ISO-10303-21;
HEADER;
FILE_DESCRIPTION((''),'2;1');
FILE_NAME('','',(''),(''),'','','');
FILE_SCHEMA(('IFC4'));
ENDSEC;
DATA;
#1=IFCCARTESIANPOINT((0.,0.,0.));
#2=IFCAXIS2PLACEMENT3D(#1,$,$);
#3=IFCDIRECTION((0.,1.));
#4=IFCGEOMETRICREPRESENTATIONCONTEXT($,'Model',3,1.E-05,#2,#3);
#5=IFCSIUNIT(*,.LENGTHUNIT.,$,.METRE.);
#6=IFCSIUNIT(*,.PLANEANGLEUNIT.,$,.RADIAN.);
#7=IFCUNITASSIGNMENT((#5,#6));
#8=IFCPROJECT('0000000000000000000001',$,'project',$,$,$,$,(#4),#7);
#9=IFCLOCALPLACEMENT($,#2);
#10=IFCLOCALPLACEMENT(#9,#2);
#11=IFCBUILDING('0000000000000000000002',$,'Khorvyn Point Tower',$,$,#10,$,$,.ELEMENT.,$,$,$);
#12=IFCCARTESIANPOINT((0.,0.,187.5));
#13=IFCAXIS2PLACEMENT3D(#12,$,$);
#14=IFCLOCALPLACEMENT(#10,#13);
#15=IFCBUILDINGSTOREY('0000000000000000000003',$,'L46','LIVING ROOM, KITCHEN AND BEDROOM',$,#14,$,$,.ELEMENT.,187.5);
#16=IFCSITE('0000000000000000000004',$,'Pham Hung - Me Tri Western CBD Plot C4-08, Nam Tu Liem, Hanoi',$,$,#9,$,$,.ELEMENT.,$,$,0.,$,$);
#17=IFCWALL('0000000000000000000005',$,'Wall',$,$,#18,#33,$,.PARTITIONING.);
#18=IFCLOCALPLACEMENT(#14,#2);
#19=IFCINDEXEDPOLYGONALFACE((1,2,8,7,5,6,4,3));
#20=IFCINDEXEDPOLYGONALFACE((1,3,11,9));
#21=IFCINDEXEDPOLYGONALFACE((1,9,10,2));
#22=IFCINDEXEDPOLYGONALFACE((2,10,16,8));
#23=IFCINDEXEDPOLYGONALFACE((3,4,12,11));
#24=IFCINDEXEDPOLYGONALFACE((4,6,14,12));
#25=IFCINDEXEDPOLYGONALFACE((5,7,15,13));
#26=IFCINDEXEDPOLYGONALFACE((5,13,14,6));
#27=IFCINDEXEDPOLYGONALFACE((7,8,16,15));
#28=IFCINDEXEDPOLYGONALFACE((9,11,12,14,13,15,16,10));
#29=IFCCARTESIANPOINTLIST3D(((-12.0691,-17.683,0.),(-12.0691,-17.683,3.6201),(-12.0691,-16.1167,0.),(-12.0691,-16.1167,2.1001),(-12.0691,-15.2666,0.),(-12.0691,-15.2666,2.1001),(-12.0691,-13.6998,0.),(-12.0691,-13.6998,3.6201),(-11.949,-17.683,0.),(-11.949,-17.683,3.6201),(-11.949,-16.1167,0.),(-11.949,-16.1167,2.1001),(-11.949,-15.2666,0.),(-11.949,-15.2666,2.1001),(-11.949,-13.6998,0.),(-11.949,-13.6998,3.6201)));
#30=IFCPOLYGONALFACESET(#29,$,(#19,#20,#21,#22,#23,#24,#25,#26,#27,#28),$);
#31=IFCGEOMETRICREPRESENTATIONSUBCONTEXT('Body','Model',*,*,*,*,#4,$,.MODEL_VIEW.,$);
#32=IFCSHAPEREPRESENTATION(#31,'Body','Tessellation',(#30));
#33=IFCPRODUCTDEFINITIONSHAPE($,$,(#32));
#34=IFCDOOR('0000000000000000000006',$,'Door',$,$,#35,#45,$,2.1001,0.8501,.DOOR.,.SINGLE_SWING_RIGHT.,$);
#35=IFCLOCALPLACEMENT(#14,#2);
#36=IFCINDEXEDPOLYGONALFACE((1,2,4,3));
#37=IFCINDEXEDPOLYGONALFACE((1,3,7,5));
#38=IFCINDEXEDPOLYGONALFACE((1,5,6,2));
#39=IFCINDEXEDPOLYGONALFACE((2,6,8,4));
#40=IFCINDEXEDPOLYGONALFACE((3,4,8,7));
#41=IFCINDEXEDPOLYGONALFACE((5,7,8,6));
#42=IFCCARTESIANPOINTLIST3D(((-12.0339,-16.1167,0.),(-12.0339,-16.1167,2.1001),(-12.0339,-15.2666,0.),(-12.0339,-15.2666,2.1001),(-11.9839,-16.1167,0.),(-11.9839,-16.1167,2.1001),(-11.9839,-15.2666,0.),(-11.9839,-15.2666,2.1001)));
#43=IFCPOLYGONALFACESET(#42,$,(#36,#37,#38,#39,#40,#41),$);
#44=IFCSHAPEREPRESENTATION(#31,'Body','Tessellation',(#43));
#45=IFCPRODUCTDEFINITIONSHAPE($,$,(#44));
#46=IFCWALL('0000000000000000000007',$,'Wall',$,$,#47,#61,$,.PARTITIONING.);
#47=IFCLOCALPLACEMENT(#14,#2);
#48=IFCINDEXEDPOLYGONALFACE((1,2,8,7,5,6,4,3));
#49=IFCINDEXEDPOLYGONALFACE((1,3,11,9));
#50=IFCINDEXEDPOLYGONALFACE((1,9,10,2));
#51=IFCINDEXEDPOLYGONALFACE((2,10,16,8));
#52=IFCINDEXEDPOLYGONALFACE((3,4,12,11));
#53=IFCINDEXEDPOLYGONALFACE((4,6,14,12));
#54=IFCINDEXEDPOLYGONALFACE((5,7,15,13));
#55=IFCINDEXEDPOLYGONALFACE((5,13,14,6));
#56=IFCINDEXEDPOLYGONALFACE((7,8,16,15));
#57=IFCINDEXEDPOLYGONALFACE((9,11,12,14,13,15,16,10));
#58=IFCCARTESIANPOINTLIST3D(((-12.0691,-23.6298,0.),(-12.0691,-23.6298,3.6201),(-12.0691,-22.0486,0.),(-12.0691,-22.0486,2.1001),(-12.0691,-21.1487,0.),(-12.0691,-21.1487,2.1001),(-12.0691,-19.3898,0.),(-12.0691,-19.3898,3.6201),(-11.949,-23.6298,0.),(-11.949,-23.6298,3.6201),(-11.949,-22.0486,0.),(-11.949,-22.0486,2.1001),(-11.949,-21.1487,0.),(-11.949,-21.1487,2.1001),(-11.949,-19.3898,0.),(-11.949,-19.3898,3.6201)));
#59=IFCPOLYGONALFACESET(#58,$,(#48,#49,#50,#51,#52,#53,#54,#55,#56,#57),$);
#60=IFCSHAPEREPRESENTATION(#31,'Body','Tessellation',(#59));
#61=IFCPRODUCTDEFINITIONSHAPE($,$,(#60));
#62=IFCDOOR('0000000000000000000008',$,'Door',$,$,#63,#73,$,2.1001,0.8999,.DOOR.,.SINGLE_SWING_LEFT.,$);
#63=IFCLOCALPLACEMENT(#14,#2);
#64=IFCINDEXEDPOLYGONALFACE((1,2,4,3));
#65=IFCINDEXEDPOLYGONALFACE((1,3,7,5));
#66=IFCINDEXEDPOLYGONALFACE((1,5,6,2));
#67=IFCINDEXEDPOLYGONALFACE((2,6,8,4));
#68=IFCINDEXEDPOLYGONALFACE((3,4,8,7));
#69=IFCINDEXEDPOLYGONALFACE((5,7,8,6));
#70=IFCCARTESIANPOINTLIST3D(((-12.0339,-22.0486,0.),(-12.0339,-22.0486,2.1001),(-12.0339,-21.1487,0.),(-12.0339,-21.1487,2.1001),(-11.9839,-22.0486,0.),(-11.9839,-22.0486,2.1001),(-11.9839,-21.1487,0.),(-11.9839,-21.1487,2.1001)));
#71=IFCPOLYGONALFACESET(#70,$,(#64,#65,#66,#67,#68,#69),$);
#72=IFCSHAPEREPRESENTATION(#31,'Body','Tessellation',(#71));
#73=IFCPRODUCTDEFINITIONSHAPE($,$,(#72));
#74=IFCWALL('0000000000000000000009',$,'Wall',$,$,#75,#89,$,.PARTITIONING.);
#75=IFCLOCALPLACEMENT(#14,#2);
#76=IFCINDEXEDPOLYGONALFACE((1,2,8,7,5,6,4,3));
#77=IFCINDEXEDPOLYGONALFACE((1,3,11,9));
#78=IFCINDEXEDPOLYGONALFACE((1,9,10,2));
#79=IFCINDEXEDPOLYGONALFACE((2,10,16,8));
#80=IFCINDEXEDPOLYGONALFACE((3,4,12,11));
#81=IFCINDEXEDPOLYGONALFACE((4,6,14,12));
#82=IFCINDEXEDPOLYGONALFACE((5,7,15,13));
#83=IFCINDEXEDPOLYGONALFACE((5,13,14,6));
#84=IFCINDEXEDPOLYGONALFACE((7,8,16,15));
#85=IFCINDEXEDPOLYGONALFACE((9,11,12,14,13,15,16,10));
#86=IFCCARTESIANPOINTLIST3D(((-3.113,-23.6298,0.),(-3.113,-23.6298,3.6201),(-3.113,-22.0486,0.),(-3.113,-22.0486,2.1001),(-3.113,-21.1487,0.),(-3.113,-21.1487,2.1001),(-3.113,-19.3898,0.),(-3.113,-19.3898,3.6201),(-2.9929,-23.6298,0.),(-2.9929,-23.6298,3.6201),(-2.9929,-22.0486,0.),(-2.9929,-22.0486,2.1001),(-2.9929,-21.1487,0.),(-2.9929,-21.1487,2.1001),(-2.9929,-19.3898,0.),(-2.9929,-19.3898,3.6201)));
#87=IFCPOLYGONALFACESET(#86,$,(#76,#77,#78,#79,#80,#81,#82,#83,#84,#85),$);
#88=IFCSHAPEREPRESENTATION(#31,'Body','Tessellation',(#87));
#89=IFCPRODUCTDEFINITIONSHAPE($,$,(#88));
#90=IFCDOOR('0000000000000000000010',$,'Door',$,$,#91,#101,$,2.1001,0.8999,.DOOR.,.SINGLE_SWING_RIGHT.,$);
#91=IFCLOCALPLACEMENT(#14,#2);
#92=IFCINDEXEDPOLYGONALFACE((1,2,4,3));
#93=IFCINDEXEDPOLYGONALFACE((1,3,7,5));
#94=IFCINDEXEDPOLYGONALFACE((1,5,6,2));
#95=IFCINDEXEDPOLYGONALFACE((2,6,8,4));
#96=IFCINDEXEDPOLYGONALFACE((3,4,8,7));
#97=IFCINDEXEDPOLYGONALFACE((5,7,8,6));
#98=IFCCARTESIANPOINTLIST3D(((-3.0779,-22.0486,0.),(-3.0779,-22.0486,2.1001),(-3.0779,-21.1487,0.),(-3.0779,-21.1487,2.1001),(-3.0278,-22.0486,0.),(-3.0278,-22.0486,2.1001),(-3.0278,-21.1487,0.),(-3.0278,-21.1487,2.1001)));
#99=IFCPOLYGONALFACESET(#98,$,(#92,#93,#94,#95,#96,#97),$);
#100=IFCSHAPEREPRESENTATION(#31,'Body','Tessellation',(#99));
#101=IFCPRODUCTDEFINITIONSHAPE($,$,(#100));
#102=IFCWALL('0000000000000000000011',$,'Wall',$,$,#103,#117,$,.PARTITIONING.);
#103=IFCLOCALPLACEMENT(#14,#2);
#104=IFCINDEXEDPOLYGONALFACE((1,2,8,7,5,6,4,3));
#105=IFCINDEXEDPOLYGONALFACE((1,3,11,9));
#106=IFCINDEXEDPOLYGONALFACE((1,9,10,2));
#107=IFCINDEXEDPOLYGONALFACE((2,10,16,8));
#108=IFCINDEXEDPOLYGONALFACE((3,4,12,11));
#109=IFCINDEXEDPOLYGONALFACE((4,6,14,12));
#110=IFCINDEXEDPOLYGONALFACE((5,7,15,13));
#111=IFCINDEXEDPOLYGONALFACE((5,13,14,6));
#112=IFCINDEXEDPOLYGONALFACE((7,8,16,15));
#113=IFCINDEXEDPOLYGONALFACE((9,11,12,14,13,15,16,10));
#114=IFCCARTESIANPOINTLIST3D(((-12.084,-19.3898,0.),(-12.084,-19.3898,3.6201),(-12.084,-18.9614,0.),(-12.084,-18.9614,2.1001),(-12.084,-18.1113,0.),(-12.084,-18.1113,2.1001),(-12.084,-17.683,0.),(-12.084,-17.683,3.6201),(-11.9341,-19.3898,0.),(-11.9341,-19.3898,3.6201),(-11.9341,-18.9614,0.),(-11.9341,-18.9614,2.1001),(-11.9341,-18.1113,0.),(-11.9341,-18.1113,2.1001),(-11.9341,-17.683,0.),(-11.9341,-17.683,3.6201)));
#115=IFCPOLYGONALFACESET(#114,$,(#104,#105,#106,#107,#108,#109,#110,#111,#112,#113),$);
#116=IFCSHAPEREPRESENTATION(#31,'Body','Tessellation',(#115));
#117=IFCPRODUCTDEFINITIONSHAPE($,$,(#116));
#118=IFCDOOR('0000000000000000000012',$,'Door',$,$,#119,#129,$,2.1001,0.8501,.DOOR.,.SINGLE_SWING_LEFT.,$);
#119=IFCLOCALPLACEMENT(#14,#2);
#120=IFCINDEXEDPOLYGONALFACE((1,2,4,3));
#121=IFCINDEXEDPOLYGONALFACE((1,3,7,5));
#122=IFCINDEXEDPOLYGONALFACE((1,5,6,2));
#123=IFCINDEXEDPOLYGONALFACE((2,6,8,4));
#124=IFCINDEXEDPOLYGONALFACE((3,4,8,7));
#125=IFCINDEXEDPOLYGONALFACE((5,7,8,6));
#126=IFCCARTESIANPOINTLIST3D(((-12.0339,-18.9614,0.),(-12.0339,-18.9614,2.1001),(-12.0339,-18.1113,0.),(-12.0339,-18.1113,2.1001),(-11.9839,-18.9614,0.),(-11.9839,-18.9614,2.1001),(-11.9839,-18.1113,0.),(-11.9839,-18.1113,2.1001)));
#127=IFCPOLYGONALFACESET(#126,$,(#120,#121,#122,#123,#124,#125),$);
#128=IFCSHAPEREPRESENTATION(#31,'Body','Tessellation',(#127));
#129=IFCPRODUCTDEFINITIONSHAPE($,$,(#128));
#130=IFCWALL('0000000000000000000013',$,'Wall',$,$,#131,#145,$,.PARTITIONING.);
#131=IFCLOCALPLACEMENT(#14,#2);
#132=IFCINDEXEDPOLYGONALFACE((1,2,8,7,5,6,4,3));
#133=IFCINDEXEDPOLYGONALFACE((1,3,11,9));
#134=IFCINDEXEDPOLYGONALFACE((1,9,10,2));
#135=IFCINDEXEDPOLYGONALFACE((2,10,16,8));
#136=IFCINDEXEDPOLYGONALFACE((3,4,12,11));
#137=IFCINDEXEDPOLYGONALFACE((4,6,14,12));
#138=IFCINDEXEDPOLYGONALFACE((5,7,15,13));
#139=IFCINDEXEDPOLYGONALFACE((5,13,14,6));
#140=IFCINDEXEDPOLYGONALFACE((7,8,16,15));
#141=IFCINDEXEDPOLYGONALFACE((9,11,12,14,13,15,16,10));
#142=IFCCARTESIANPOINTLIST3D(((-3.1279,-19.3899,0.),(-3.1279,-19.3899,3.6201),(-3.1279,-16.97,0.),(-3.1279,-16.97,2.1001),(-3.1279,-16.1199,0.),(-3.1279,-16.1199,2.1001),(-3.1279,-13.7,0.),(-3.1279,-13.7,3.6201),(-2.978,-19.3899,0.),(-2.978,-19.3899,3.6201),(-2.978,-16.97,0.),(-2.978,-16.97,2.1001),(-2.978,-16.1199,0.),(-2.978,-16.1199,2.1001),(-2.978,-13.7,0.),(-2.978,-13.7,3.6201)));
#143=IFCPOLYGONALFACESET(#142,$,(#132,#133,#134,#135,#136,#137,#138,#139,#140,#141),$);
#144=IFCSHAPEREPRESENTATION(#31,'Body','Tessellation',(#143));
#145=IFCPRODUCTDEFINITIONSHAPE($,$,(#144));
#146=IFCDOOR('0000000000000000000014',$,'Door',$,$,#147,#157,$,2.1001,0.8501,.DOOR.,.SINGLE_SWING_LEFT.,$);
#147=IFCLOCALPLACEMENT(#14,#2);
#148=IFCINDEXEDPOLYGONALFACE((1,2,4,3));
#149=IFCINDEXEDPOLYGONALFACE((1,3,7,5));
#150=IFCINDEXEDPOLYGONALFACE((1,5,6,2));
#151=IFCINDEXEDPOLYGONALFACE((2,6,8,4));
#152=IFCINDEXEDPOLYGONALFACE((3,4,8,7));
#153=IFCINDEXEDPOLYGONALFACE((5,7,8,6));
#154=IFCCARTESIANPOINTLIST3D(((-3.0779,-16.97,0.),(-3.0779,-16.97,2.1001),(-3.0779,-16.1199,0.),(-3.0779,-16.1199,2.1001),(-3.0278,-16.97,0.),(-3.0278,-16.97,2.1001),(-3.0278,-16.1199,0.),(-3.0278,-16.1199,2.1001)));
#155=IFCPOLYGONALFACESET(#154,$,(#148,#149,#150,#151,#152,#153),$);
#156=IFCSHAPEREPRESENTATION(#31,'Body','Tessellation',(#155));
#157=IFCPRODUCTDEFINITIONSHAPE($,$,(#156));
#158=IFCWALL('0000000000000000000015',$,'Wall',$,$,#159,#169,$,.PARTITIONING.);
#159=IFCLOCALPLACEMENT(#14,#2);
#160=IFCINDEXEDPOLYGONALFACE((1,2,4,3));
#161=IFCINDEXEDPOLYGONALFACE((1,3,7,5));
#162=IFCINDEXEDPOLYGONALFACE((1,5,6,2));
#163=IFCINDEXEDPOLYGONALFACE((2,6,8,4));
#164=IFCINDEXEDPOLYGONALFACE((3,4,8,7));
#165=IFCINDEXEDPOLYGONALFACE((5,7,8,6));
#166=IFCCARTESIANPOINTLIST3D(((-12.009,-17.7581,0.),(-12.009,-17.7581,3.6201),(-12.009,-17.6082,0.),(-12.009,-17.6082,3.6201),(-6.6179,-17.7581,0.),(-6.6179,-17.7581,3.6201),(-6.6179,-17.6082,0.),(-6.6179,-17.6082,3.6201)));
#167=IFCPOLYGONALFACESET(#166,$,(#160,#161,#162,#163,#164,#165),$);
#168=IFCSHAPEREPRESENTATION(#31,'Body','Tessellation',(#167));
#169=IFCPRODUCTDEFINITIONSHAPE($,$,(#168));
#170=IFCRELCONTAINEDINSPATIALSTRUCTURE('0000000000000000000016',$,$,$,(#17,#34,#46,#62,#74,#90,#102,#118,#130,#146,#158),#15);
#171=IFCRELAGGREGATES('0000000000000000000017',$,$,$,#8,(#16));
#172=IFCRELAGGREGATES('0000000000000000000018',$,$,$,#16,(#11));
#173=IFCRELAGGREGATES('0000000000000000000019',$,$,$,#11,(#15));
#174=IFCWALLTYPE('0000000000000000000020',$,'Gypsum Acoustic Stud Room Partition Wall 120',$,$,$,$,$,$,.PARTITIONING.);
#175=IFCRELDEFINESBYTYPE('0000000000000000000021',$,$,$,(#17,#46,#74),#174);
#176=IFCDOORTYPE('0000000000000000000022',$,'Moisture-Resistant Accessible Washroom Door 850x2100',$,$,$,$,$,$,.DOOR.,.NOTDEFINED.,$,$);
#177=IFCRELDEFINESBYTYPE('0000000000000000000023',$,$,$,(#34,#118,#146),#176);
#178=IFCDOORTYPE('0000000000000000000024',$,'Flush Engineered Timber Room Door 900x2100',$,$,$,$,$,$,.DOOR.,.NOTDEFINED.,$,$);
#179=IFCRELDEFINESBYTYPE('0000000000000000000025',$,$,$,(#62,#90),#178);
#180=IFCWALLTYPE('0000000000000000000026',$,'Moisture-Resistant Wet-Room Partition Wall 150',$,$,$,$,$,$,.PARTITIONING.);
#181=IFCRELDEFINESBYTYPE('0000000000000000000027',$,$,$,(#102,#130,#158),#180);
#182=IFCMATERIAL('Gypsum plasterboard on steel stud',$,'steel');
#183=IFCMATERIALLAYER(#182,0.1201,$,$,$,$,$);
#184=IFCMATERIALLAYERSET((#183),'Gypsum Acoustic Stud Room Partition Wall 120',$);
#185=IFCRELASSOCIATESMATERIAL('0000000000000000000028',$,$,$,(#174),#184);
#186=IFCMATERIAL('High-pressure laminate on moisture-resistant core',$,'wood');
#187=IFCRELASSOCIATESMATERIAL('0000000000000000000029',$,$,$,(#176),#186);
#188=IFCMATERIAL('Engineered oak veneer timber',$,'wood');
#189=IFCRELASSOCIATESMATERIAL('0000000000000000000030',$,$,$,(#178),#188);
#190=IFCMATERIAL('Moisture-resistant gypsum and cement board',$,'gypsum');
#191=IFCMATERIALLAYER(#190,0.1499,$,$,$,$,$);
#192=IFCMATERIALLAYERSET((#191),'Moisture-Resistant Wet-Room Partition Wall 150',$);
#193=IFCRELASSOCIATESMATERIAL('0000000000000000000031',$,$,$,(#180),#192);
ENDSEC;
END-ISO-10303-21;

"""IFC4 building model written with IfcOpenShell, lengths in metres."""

from ifc_helpers import new_model, si_unit, direction, frame, frame_2d, origin, place, context, subcontext, project, spatial, rectangle, extrude, material, layer, layer_set, type_object, element, fill, save


model = new_model("IFC4")

# Units and contexts
model_context = context("Model", 3, precision=1e-05, world=origin(), true_north=direction((0.0, 1.0)))
body_context = subcontext(model_context, "Body", "Model", "MODEL_VIEW")
ifc_project = project(units=[si_unit("LENGTHUNIT", "METRE"), si_unit("PLANEANGLEUNIT", "RADIAN")], contexts=[model_context])

# Site, building, storey
site_placement = place(None, origin())
site = spatial("IfcSite", under=ifc_project, at=site_placement, Name="Pham Hung - Me Tri Western CBD Plot C4-08, Nam Tu Liem, Hanoi", CompositionType="ELEMENT", RefElevation=0.0)
building_placement = place(site_placement, origin())
building = spatial("IfcBuilding", under=site, at=building_placement, Name="Khorvyn Point Tower", CompositionType="ELEMENT")
storey_placement = place(building_placement, frame((0.0, 0.0, 187.5)))
storey = spatial("IfcBuildingStorey", under=building, at=storey_placement, Name="L46", Description="LIVING ROOM, KITCHEN AND BEDROOM", CompositionType="ELEMENT", Elevation=187.5)

# Walls, openings, doors
ifc_material_1 = material(Name="Gypsum plasterboard on steel stud", Category="steel")
ifc_layer_1 = layer(ifc_material_1, 0.1201)
ifc_layer_set_1 = layer_set([ifc_layer_1], Name="Gypsum Acoustic Stud Room Partition Wall 120")
wall_type_1 = type_object("IfcWallType", Name="Gypsum Acoustic Stud Room Partition Wall 120", PredefinedType="PARTITIONING", material=ifc_layer_set_1)
wall_1_placement = place(storey_placement, frame((-12.009, -17.6831, 0.0), z_axis=(0.0, 0.0, 1.0), x_axis=(0.0, 1.0, 0.0)))
wall_1 = element("IfcWall", 1, at=wall_1_placement, inside=storey, type_object=wall_type_1, Name="Wall", PredefinedType="PARTITIONING", context=body_context, shape_type="SweptSolid", body=[
    extrude(rectangle(XDim=3.9832, YDim=0.1201, at=frame_2d((1.9917, 0.0))), origin(), (0.0, 0.0, 1.0), 3.6201),
])
opening_1_placement = place(wall_1_placement, frame((1.5664, 0.0, 0.0)))
opening_1 = element("IfcOpeningElement", 2, at=opening_1_placement, cuts=wall_1, PredefinedType="OPENING", context=body_context, shape_type="SweptSolid", body=[
    extrude(rectangle(XDim=0.8501, YDim=2.1001, at=frame_2d((0.425, 1.05))), frame((0.0, 0.0701, 0.0), z_axis=(0.0, -1.0, 0.0), x_axis=(1.0, 0.0, 0.0)), (0.0, 0.0, 1.0), 0.1401),
])
ifc_material_2 = material(Name="High-pressure laminate on moisture-resistant core", Category="wood")
door_type_1 = type_object("IfcDoorType", Name="Moisture-Resistant Accessible Washroom Door 850x2100", OperationType="NOTDEFINED", PredefinedType="DOOR", material=ifc_material_2)
door_1_placement = place(opening_1_placement, origin())
door_1 = element("IfcDoor", 3, at=door_1_placement, inside=storey, type_object=door_type_1, Name="Door", OperationType="SINGLE_SWING_RIGHT", OverallHeight=2.1001, OverallWidth=0.8501, PredefinedType="DOOR", context=body_context, shape_type="SweptSolid", body=[
    extrude(rectangle(XDim=0.8501, YDim=2.1001, at=frame_2d((0.425, 1.05))), frame((0.0, 0.0249, 0.0), z_axis=(0.0, -1.0, 0.0), x_axis=(1.0, 0.0, 0.0)), (0.0, 0.0, 1.0), 0.05),
])
fill(opening_1, door_1)
wall_2_placement = place(storey_placement, frame((-12.009, -23.6299, 0.0), z_axis=(0.0, 0.0, 1.0), x_axis=(0.0, 1.0, 0.0)))
wall_2 = element("IfcWall", 4, at=wall_2_placement, inside=storey, type_object=wall_type_1, Name="Wall", PredefinedType="PARTITIONING", context=body_context, shape_type="SweptSolid", body=[
    extrude(rectangle(XDim=4.24, YDim=0.1201, at=frame_2d((2.1201, 0.0))), origin(), (0.0, 0.0, 1.0), 3.6201),
])
opening_2_placement = place(wall_2_placement, frame((1.5813, 0.0, 0.0)))
opening_2 = element("IfcOpeningElement", 5, at=opening_2_placement, cuts=wall_2, PredefinedType="OPENING", context=body_context, shape_type="SweptSolid", body=[
    extrude(rectangle(XDim=0.8999, YDim=2.1001, at=frame_2d((0.45, 1.05))), frame((0.0, 0.0701, 0.0), z_axis=(0.0, -1.0, 0.0), x_axis=(1.0, 0.0, 0.0)), (0.0, 0.0, 1.0), 0.1401),
])
ifc_material_3 = material(Name="Engineered oak veneer timber", Category="wood")
door_type_2 = type_object("IfcDoorType", Name="Flush Engineered Timber Room Door 900x2100", OperationType="NOTDEFINED", PredefinedType="DOOR", material=ifc_material_3)
door_2_placement = place(opening_2_placement, origin())
door_2 = element("IfcDoor", 6, at=door_2_placement, inside=storey, type_object=door_type_2, Name="Door", OperationType="SINGLE_SWING_LEFT", OverallHeight=2.1001, OverallWidth=0.8999, PredefinedType="DOOR", context=body_context, shape_type="SweptSolid", body=[
    extrude(rectangle(XDim=0.8999, YDim=2.1001, at=frame_2d((0.45, 1.05))), frame((0.0, 0.0249, 0.0), z_axis=(0.0, -1.0, 0.0), x_axis=(1.0, 0.0, 0.0)), (0.0, 0.0, 1.0), 0.05),
])
fill(opening_2, door_2)
wall_3_placement = place(storey_placement, frame((-3.053, -23.6299, 0.0), z_axis=(0.0, 0.0, 1.0), x_axis=(0.0, 1.0, 0.0)))
wall_3 = element("IfcWall", 7, at=wall_3_placement, inside=storey, type_object=wall_type_1, Name="Wall", PredefinedType="PARTITIONING", context=body_context, shape_type="SweptSolid", body=[
    extrude(rectangle(XDim=4.24, YDim=0.1201, at=frame_2d((2.1201, 0.0))), origin(), (0.0, 0.0, 1.0), 3.6201),
])
opening_3_placement = place(wall_3_placement, frame((1.5813, 0.0, 0.0)))
opening_3 = element("IfcOpeningElement", 8, at=opening_3_placement, cuts=wall_3, PredefinedType="OPENING", context=body_context, shape_type="SweptSolid", body=[
    extrude(rectangle(XDim=0.8999, YDim=2.1001, at=frame_2d((0.45, 1.05))), frame((0.0, 0.0701, 0.0), z_axis=(0.0, -1.0, 0.0), x_axis=(1.0, 0.0, 0.0)), (0.0, 0.0, 1.0), 0.1401),
])
door_3_placement = place(opening_3_placement, origin())
door_3 = element("IfcDoor", 9, at=door_3_placement, inside=storey, type_object=door_type_2, Name="Door", OperationType="SINGLE_SWING_RIGHT", OverallHeight=2.1001, OverallWidth=0.8999, PredefinedType="DOOR", context=body_context, shape_type="SweptSolid", body=[
    extrude(rectangle(XDim=0.8999, YDim=2.1001, at=frame_2d((0.45, 1.05))), frame((0.0, 0.0249, 0.0), z_axis=(0.0, -1.0, 0.0), x_axis=(1.0, 0.0, 0.0)), (0.0, 0.0, 1.0), 0.05),
])
fill(opening_3, door_3)
ifc_material_4 = material(Name="Moisture-resistant gypsum and cement board", Category="gypsum")
ifc_layer_2 = layer(ifc_material_4, 0.1499)
ifc_layer_set_2 = layer_set([ifc_layer_2], Name="Moisture-Resistant Wet-Room Partition Wall 150")
wall_type_2 = type_object("IfcWallType", Name="Moisture-Resistant Wet-Room Partition Wall 150", PredefinedType="PARTITIONING", material=ifc_layer_set_2)
wall_4_placement = place(storey_placement, frame((-12.009, -19.3899, 0.0), z_axis=(0.0, 0.0, 1.0), x_axis=(0.0, 1.0, 0.0)))
wall_4 = element("IfcWall", 10, at=wall_4_placement, inside=storey, type_object=wall_type_2, Name="Wall", PredefinedType="PARTITIONING", context=body_context, shape_type="SweptSolid", body=[
    extrude(rectangle(XDim=1.7068, YDim=0.1499, at=frame_2d((0.8535, 0.0))), origin(), (0.0, 0.0, 1.0), 3.6201),
])
opening_4_placement = place(wall_4_placement, frame((0.4285, 0.0, 0.0)))
opening_4 = element("IfcOpeningElement", 11, at=opening_4_placement, cuts=wall_4, PredefinedType="OPENING", context=body_context, shape_type="SweptSolid", body=[
    extrude(rectangle(XDim=0.8501, YDim=2.1001, at=frame_2d((0.425, 1.05))), frame((0.0, 0.085, 0.0), z_axis=(0.0, -1.0, 0.0), x_axis=(1.0, 0.0, 0.0)), (0.0, 0.0, 1.0), 0.1699),
])
door_4_placement = place(opening_4_placement, origin())
door_4 = element("IfcDoor", 12, at=door_4_placement, inside=storey, type_object=door_type_1, Name="Door", OperationType="SINGLE_SWING_LEFT", OverallHeight=2.1001, OverallWidth=0.8501, PredefinedType="DOOR", context=body_context, shape_type="SweptSolid", body=[
    extrude(rectangle(XDim=0.8501, YDim=2.1001, at=frame_2d((0.425, 1.05))), frame((0.0, 0.0249, 0.0), z_axis=(0.0, -1.0, 0.0), x_axis=(1.0, 0.0, 0.0)), (0.0, 0.0, 1.0), 0.05),
])
fill(opening_4, door_4)
wall_5_placement = place(storey_placement, frame((-3.053, -19.3899, 0.0), z_axis=(0.0, 0.0, 1.0), x_axis=(0.0, 1.0, 0.0)))
wall_5 = element("IfcWall", 13, at=wall_5_placement, inside=storey, type_object=wall_type_2, Name="Wall", PredefinedType="PARTITIONING", context=body_context, shape_type="SweptSolid", body=[
    extrude(rectangle(XDim=5.6899, YDim=0.1499, at=frame_2d((2.845, 0.0))), origin(), (0.0, 0.0, 1.0), 3.6201),
])
opening_5_placement = place(wall_5_placement, frame((2.4199, 0.0, 0.0)))
opening_5 = element("IfcOpeningElement", 14, at=opening_5_placement, cuts=wall_5, PredefinedType="OPENING", context=body_context, shape_type="SweptSolid", body=[
    extrude(rectangle(XDim=0.8501, YDim=2.1001, at=frame_2d((0.425, 1.05))), frame((0.0, 0.085, 0.0), z_axis=(0.0, -1.0, 0.0), x_axis=(1.0, 0.0, 0.0)), (0.0, 0.0, 1.0), 0.1699),
])
door_5_placement = place(opening_5_placement, origin())
door_5 = element("IfcDoor", 15, at=door_5_placement, inside=storey, type_object=door_type_1, Name="Door", OperationType="SINGLE_SWING_LEFT", OverallHeight=2.1001, OverallWidth=0.8501, PredefinedType="DOOR", context=body_context, shape_type="SweptSolid", body=[
    extrude(rectangle(XDim=0.8501, YDim=2.1001, at=frame_2d((0.425, 1.05))), frame((0.0, 0.0249, 0.0), z_axis=(0.0, -1.0, 0.0), x_axis=(1.0, 0.0, 0.0)), (0.0, 0.0, 1.0), 0.05),
])
fill(opening_5, door_5)

# Wall
for number, where, z_axis, x_axis, name in (
    (16, (-12.009, -17.6831, 0.0), (0.0, 0.0, 1.0), (1.0, 0.0, 0.0), "Wall"),
):
    element("IfcWall", number, at=place(storey_placement, frame(where, z_axis=z_axis, x_axis=x_axis)), inside=storey, type_object=wall_type_2, Name=name, PredefinedType="PARTITIONING", context=body_context, shape_type="SweptSolid", body=[
        extrude(rectangle(XDim=5.3911, YDim=0.1499, at=frame_2d((2.6956, 0.0))), origin(), (0.0, 0.0, 1.0), 3.6201),
    ])

save(model, "model.ifc")
